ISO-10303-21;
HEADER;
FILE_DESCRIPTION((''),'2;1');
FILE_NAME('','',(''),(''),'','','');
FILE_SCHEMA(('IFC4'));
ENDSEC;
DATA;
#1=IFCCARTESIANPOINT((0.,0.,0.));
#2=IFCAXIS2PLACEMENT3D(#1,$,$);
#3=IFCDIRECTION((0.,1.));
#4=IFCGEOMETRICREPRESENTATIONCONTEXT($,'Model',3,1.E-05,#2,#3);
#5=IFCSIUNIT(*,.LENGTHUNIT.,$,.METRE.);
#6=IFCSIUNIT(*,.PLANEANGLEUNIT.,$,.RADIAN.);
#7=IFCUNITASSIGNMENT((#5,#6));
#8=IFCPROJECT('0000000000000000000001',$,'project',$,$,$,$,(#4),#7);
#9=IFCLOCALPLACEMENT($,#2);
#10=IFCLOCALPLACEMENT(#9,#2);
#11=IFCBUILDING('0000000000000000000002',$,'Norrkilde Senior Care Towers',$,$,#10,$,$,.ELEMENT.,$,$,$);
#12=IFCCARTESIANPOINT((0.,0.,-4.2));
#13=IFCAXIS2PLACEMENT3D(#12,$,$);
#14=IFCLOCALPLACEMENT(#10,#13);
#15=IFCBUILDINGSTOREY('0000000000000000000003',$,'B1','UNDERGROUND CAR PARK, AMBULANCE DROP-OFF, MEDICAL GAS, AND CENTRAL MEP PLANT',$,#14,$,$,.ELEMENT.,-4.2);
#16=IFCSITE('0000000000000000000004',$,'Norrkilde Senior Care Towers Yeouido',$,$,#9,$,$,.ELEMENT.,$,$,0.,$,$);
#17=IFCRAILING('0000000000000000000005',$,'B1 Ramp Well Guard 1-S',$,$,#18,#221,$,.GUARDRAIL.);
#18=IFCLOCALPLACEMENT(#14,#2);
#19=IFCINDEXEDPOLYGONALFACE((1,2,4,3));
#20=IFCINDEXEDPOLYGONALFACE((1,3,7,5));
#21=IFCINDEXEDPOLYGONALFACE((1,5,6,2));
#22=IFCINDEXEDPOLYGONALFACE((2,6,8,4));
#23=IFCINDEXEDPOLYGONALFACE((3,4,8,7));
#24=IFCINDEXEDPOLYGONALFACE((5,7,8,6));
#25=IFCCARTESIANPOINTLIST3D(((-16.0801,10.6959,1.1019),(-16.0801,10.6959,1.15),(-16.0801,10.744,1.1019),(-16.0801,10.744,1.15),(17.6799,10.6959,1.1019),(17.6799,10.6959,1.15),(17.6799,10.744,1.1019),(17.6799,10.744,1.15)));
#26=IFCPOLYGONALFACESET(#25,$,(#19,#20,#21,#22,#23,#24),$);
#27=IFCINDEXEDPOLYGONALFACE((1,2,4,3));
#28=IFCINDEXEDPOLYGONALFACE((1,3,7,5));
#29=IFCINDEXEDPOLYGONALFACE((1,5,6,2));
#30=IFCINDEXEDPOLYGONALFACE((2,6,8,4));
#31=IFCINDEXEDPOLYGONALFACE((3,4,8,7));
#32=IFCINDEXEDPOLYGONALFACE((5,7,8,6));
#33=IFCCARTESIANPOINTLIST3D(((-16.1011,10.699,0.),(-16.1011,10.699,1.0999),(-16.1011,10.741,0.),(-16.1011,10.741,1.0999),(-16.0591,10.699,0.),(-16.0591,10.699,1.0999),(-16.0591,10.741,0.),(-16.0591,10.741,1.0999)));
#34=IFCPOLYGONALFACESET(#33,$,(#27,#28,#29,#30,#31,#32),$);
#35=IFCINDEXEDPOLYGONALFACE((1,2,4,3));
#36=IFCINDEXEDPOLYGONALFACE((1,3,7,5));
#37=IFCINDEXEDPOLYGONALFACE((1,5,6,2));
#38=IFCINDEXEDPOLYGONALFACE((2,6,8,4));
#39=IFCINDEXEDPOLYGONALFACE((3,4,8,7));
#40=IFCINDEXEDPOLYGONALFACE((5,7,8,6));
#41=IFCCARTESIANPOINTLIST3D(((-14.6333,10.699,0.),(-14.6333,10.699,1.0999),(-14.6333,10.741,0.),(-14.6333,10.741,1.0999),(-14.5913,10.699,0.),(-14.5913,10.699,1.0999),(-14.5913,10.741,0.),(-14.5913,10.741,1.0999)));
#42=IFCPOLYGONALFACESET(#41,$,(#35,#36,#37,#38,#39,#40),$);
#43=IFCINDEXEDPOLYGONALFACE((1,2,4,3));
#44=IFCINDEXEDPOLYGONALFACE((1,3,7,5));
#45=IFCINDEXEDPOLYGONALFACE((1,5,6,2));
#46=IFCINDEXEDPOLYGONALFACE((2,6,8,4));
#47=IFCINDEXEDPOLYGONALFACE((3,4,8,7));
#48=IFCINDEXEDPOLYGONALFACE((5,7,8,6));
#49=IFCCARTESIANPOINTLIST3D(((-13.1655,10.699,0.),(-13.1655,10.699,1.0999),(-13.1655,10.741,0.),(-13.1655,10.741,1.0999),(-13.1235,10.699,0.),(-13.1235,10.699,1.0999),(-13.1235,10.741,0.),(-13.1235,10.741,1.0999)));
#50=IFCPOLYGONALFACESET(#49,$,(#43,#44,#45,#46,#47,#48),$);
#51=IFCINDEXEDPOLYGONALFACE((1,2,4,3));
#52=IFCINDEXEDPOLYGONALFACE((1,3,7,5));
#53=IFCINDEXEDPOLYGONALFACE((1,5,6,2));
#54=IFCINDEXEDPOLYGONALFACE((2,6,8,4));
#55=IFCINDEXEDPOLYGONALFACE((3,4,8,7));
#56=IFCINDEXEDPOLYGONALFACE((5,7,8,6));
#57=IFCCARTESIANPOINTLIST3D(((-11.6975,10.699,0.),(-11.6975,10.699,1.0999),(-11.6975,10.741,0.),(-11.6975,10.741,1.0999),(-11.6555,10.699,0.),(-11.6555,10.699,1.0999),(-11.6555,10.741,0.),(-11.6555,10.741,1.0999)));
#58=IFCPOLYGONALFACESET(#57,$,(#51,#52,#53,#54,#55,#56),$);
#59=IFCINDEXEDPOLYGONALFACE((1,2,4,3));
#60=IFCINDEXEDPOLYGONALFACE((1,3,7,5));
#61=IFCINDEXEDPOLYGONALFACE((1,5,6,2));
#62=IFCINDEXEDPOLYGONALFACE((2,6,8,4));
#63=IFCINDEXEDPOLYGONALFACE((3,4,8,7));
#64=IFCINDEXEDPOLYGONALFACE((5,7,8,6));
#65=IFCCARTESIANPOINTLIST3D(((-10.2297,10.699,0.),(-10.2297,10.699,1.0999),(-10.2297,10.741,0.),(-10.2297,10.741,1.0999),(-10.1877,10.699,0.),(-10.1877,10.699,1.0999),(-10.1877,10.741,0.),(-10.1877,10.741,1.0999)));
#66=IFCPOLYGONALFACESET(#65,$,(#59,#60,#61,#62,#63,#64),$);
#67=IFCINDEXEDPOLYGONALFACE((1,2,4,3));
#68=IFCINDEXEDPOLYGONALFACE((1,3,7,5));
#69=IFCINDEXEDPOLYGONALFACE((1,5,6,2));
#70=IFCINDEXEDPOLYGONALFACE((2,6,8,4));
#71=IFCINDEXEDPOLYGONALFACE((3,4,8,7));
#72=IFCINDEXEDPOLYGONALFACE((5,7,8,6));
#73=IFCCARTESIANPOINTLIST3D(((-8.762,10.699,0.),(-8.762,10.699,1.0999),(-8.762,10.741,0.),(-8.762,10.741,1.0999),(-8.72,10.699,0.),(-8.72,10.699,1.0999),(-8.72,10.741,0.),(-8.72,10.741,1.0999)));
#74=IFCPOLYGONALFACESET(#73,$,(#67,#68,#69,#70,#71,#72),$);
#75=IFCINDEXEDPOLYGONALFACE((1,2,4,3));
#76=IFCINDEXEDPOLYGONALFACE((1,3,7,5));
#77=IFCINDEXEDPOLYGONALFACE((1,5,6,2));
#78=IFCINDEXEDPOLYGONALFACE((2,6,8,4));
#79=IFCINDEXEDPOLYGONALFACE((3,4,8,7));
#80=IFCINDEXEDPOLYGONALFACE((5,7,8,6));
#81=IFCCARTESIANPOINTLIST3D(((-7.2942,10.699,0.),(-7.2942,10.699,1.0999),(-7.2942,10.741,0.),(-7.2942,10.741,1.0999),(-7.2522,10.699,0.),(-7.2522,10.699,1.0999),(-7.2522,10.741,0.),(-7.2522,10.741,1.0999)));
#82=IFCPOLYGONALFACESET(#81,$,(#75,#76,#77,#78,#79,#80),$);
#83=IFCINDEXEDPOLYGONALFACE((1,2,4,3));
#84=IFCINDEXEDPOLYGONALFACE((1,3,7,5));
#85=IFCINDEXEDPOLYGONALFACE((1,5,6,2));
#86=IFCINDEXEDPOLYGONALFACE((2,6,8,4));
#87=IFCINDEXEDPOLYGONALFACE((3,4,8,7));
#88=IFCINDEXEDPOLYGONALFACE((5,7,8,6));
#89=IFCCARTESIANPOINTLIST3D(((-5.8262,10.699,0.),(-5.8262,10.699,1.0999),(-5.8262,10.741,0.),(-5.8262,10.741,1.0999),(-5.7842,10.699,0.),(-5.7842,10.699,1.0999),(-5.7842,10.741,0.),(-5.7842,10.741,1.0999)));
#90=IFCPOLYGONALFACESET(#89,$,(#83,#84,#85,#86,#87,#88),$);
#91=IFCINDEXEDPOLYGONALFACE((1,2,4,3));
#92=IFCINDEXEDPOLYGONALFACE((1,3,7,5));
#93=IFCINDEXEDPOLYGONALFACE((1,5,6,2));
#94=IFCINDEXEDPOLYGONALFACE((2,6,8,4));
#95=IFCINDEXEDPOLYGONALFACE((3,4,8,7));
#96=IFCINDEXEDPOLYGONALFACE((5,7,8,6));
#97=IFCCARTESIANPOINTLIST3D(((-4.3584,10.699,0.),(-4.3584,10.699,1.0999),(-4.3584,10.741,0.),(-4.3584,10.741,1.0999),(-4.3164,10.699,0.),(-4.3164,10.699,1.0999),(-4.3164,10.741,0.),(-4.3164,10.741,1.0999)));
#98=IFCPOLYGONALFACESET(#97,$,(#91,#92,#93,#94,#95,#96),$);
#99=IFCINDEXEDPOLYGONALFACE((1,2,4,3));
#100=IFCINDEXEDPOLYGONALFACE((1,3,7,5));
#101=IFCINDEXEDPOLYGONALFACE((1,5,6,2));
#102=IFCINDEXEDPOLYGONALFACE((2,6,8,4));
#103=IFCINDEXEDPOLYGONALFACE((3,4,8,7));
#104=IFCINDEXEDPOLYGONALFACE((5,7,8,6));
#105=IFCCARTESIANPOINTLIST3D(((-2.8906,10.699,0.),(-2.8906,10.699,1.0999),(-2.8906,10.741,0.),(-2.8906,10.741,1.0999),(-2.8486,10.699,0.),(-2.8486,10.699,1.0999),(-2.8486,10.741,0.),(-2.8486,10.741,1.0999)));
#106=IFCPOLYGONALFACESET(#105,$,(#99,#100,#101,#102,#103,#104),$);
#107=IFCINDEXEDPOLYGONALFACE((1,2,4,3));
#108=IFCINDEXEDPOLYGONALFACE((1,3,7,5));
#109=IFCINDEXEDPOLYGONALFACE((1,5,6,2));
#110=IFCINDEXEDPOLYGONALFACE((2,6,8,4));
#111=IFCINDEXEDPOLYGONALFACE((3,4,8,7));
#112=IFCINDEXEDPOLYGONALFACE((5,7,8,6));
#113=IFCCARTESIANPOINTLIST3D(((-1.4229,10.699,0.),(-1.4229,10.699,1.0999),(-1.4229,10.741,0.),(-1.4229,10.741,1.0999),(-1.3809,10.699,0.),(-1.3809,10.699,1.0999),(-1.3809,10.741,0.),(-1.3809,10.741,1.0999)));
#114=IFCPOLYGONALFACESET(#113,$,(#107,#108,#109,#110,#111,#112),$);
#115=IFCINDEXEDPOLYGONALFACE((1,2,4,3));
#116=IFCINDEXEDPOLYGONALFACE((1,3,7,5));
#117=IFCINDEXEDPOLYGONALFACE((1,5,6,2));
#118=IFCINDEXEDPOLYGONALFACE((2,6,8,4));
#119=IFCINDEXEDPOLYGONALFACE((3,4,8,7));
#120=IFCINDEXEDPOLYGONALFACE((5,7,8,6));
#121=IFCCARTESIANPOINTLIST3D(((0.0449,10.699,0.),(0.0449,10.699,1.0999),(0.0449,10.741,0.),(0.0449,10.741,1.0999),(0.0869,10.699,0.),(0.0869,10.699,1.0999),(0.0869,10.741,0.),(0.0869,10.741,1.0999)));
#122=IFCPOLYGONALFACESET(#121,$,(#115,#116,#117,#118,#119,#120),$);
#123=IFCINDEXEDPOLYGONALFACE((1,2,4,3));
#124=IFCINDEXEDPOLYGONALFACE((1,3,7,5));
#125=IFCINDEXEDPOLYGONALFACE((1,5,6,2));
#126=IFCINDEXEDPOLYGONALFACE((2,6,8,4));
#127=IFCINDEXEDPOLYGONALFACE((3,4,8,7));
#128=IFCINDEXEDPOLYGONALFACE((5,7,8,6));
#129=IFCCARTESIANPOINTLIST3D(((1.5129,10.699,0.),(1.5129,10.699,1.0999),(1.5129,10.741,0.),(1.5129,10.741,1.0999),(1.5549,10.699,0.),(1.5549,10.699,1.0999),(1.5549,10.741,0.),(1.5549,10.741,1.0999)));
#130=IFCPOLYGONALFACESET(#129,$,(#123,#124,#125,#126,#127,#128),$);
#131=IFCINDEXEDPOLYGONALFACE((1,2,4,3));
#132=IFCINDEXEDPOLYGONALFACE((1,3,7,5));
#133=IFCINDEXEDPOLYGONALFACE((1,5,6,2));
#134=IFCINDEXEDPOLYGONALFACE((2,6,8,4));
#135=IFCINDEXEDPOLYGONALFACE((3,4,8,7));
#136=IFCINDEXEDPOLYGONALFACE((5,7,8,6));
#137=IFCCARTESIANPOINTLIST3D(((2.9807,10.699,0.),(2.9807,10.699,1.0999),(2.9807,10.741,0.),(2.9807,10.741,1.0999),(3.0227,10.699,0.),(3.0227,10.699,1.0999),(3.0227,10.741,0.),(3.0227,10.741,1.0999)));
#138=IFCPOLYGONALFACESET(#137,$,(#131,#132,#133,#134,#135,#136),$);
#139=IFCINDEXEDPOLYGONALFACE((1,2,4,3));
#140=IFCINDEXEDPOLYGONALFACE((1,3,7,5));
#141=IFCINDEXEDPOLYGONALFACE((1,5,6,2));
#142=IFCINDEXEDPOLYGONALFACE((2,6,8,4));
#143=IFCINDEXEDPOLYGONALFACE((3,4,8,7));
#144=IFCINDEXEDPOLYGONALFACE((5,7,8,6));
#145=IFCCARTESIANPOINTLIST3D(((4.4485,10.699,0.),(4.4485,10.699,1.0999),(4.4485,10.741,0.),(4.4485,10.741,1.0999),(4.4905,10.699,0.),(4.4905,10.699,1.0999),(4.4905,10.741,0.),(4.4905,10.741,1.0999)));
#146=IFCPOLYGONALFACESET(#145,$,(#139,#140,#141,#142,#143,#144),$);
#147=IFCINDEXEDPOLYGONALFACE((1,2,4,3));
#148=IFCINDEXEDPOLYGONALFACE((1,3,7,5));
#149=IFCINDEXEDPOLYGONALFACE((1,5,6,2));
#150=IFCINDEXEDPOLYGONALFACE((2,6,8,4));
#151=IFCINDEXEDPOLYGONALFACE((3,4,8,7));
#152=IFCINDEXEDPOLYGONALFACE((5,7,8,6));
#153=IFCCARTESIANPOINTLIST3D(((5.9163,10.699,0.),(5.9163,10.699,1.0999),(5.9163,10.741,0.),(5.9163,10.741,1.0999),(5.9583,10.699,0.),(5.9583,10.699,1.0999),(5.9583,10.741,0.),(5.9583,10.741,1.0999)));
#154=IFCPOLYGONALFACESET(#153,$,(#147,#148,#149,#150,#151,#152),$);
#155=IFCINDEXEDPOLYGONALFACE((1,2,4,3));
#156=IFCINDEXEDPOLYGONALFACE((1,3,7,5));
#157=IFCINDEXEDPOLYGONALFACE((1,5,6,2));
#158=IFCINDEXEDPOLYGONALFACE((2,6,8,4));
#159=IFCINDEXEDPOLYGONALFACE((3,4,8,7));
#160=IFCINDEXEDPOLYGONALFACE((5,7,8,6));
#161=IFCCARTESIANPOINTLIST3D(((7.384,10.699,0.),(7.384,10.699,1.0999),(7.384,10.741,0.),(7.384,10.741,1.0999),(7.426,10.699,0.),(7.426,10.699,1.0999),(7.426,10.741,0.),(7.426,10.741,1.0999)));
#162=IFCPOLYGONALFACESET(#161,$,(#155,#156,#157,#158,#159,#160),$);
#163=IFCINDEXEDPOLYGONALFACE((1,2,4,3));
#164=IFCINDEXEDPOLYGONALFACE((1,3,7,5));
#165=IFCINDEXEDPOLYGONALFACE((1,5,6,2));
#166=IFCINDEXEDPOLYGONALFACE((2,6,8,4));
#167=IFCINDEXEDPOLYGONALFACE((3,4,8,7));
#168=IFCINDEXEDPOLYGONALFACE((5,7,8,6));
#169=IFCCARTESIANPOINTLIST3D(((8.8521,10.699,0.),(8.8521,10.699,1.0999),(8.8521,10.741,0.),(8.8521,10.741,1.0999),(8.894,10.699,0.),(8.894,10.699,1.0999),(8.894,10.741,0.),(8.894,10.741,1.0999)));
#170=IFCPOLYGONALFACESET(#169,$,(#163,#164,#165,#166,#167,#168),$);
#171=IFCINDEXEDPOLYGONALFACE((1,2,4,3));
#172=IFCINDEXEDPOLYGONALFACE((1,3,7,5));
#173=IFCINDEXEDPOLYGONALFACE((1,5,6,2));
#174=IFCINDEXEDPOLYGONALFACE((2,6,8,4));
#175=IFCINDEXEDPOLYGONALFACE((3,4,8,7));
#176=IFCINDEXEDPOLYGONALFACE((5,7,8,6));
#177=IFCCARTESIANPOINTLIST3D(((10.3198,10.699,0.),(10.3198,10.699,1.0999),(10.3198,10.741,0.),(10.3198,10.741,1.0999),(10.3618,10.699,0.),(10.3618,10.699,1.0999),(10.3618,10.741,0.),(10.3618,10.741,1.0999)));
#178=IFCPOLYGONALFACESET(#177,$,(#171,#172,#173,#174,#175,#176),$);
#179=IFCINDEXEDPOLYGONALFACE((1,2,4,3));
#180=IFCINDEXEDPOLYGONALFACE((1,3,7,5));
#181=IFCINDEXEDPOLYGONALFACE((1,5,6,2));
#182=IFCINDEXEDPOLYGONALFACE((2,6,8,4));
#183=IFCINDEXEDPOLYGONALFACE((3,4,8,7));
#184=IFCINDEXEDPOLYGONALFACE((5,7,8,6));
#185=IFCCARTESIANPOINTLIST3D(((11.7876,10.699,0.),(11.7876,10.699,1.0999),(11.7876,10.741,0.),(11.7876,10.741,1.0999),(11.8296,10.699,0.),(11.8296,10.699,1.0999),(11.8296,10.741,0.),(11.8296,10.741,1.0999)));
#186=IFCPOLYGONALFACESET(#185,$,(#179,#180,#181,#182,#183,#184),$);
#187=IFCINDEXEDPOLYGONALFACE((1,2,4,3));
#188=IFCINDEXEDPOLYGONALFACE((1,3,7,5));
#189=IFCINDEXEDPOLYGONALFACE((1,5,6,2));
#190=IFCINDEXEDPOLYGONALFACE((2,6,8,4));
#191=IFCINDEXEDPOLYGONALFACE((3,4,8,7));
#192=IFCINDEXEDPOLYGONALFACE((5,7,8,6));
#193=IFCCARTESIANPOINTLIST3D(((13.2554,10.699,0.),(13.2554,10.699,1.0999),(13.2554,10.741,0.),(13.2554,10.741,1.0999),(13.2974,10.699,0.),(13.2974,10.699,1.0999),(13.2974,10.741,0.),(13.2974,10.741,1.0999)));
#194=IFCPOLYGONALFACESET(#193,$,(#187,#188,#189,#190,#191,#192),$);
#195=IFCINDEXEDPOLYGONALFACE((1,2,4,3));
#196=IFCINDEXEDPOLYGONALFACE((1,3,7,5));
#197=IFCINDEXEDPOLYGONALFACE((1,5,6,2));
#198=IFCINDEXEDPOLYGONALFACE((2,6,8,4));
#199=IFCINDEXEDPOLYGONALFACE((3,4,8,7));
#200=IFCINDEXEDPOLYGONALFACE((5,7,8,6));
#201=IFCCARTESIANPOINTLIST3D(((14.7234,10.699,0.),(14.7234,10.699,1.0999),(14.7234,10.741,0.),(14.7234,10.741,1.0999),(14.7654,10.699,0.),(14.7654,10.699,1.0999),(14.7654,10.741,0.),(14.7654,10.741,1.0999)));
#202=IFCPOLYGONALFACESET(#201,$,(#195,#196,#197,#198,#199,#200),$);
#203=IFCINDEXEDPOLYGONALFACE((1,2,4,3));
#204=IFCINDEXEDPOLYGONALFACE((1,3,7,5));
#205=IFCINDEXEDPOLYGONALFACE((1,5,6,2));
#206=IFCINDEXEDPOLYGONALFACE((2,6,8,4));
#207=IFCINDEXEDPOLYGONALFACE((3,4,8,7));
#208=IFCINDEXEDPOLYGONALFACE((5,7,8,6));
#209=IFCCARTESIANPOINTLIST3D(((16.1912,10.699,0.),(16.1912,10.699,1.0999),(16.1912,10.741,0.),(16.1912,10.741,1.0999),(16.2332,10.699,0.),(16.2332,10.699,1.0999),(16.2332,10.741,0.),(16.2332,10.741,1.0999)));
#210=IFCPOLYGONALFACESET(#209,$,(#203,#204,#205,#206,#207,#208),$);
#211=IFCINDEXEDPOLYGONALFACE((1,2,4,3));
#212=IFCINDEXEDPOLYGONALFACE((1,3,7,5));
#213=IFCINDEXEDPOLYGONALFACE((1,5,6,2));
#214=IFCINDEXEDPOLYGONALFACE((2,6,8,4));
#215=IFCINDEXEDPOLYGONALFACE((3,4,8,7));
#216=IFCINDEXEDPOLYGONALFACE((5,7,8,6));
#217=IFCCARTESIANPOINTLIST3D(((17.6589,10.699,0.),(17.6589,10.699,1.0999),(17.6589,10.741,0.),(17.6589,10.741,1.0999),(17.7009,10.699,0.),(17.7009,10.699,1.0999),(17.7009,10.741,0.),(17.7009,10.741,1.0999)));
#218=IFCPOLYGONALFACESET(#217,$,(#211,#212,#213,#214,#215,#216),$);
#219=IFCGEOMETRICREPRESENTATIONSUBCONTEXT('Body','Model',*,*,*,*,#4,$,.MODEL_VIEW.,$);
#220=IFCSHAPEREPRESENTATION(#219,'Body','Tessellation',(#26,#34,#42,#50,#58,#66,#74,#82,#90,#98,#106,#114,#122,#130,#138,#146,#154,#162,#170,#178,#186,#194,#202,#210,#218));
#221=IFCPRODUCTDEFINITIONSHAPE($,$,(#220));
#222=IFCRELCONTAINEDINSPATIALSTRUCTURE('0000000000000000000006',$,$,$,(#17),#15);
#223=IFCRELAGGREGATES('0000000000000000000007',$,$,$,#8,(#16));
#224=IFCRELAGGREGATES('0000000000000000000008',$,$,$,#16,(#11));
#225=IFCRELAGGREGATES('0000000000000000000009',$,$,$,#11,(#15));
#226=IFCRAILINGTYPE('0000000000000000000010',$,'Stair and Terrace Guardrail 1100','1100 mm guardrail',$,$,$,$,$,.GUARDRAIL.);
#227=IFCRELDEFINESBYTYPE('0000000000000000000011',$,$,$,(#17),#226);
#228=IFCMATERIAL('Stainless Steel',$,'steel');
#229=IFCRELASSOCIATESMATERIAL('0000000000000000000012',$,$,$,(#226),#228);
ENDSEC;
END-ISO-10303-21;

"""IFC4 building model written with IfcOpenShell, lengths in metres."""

from ifc_helpers import new_model, si_unit, direction, frame, origin, origin_2d, place, context, subcontext, project, spatial, rectangle, extrude, material, type_object, element, save


model = new_model("IFC4")

# Units and contexts
model_context = context("Model", 3, precision=1e-05, world=origin(), true_north=direction((0.0, 1.0)))
body_context = subcontext(model_context, "Body", "Model", "MODEL_VIEW")
ifc_project = project(units=[si_unit("LENGTHUNIT", "METRE"), si_unit("PLANEANGLEUNIT", "RADIAN")], contexts=[model_context])

# Site, building, storey
site_placement = place(None, origin())
site = spatial("IfcSite", under=ifc_project, at=site_placement, Name="Norrkilde Senior Care Towers Yeouido", CompositionType="ELEMENT", RefElevation=0.0)
building_placement = place(site_placement, origin())
building = spatial("IfcBuilding", under=site, at=building_placement, Name="Norrkilde Senior Care Towers", CompositionType="ELEMENT")
storey_placement = place(building_placement, frame((0.0, 0.0, -4.2)))
storey = spatial("IfcBuildingStorey", under=building, at=storey_placement, Name="B1", Description="UNDERGROUND CAR PARK, AMBULANCE DROP-OFF, MEDICAL GAS, AND CENTRAL MEP PLANT", CompositionType="ELEMENT", Elevation=-4.2)

# Shared definitions
ifc_material_1 = material(Name="Stainless Steel", Category="steel")

# Railing
railing_type = type_object("IfcRailingType", Name="Stair and Terrace Guardrail 1100", Description="1100 mm guardrail", PredefinedType="GUARDRAIL", material=ifc_material_1)
railing_1_placement = place(storey_placement, frame((-16.0801, 10.72, 0.0)))
element("IfcRailing", 1, at=railing_1_placement, inside=storey, type_object=railing_type, Name="B1 Ramp Well Guard 1-S", PredefinedType="GUARDRAIL", context=body_context, shape_type="SweptSolid", body=[
    extrude(rectangle(XDim=0.0481, YDim=0.0481, at=origin_2d()), frame((0.0, 0.0, 1.126), z_axis=(1.0, 0.0, 0.0), x_axis=(0.0, 1.0, 0.0)), (0.0, 0.0, 1.0), 33.76),
    extrude(rectangle(XDim=0.042, YDim=0.042, at=origin_2d()), origin(), (0.0, 0.0, 1.0), 1.0999),
    extrude(rectangle(XDim=0.042, YDim=0.042, at=origin_2d()), frame((1.4678, 0.0, 0.0)), (0.0, 0.0, 1.0), 1.0999),
    extrude(rectangle(XDim=0.042, YDim=0.042, at=origin_2d()), frame((2.9355, 0.0, 0.0)), (0.0, 0.0, 1.0), 1.0999),
    extrude(rectangle(XDim=0.042, YDim=0.042, at=origin_2d()), frame((4.4036, 0.0, 0.0)), (0.0, 0.0, 1.0), 1.0999),
    extrude(rectangle(XDim=0.042, YDim=0.042, at=origin_2d()), frame((5.8713, 0.0, 0.0)), (0.0, 0.0, 1.0), 1.0999),
    extrude(rectangle(XDim=0.042, YDim=0.042, at=origin_2d()), frame((7.3391, 0.0, 0.0)), (0.0, 0.0, 1.0), 1.0999),
    extrude(rectangle(XDim=0.042, YDim=0.042, at=origin_2d()), frame((8.8069, 0.0, 0.0)), (0.0, 0.0, 1.0), 1.0999),
    extrude(rectangle(XDim=0.042, YDim=0.042, at=origin_2d()), frame((10.2749, 0.0, 0.0)), (0.0, 0.0, 1.0), 1.0999),
    extrude(rectangle(XDim=0.042, YDim=0.042, at=origin_2d()), frame((11.7427, 0.0, 0.0)), (0.0, 0.0, 1.0), 1.0999),
    extrude(rectangle(XDim=0.042, YDim=0.042, at=origin_2d()), frame((13.2104, 0.0, 0.0)), (0.0, 0.0, 1.0), 1.0999),
    extrude(rectangle(XDim=0.042, YDim=0.042, at=origin_2d()), frame((14.6782, 0.0, 0.0)), (0.0, 0.0, 1.0), 1.0999),
    extrude(rectangle(XDim=0.042, YDim=0.042, at=origin_2d()), frame((16.146, 0.0, 0.0)), (0.0, 0.0, 1.0), 1.0999),
    extrude(rectangle(XDim=0.042, YDim=0.042, at=origin_2d()), frame((17.614, 0.0, 0.0)), (0.0, 0.0, 1.0), 1.0999),
    extrude(rectangle(XDim=0.042, YDim=0.042, at=origin_2d()), frame((19.0818, 0.0, 0.0)), (0.0, 0.0, 1.0), 1.0999),
    extrude(rectangle(XDim=0.042, YDim=0.042, at=origin_2d()), frame((20.5496, 0.0, 0.0)), (0.0, 0.0, 1.0), 1.0999),
    extrude(rectangle(XDim=0.042, YDim=0.042, at=origin_2d()), frame((22.0173, 0.0, 0.0)), (0.0, 0.0, 1.0), 1.0999),
    extrude(rectangle(XDim=0.042, YDim=0.042, at=origin_2d()), frame((23.4851, 0.0, 0.0)), (0.0, 0.0, 1.0), 1.0999),
    extrude(rectangle(XDim=0.042, YDim=0.042, at=origin_2d()), frame((24.9531, 0.0, 0.0)), (0.0, 0.0, 1.0), 1.0999),
    extrude(rectangle(XDim=0.042, YDim=0.042, at=origin_2d()), frame((26.4209, 0.0, 0.0)), (0.0, 0.0, 1.0), 1.0999),
    extrude(rectangle(XDim=0.042, YDim=0.042, at=origin_2d()), frame((27.8887, 0.0, 0.0)), (0.0, 0.0, 1.0), 1.0999),
    extrude(rectangle(XDim=0.042, YDim=0.042, at=origin_2d()), frame((29.3564, 0.0, 0.0)), (0.0, 0.0, 1.0), 1.0999),
    extrude(rectangle(XDim=0.042, YDim=0.042, at=origin_2d()), frame((30.8245, 0.0, 0.0)), (0.0, 0.0, 1.0), 1.0999),
    extrude(rectangle(XDim=0.042, YDim=0.042, at=origin_2d()), frame((32.2922, 0.0, 0.0)), (0.0, 0.0, 1.0), 1.0999),
    extrude(rectangle(XDim=0.042, YDim=0.042, at=origin_2d()), frame((33.76, 0.0, 0.0)), (0.0, 0.0, 1.0), 1.0999),
])

save(model, "model.ifc")
